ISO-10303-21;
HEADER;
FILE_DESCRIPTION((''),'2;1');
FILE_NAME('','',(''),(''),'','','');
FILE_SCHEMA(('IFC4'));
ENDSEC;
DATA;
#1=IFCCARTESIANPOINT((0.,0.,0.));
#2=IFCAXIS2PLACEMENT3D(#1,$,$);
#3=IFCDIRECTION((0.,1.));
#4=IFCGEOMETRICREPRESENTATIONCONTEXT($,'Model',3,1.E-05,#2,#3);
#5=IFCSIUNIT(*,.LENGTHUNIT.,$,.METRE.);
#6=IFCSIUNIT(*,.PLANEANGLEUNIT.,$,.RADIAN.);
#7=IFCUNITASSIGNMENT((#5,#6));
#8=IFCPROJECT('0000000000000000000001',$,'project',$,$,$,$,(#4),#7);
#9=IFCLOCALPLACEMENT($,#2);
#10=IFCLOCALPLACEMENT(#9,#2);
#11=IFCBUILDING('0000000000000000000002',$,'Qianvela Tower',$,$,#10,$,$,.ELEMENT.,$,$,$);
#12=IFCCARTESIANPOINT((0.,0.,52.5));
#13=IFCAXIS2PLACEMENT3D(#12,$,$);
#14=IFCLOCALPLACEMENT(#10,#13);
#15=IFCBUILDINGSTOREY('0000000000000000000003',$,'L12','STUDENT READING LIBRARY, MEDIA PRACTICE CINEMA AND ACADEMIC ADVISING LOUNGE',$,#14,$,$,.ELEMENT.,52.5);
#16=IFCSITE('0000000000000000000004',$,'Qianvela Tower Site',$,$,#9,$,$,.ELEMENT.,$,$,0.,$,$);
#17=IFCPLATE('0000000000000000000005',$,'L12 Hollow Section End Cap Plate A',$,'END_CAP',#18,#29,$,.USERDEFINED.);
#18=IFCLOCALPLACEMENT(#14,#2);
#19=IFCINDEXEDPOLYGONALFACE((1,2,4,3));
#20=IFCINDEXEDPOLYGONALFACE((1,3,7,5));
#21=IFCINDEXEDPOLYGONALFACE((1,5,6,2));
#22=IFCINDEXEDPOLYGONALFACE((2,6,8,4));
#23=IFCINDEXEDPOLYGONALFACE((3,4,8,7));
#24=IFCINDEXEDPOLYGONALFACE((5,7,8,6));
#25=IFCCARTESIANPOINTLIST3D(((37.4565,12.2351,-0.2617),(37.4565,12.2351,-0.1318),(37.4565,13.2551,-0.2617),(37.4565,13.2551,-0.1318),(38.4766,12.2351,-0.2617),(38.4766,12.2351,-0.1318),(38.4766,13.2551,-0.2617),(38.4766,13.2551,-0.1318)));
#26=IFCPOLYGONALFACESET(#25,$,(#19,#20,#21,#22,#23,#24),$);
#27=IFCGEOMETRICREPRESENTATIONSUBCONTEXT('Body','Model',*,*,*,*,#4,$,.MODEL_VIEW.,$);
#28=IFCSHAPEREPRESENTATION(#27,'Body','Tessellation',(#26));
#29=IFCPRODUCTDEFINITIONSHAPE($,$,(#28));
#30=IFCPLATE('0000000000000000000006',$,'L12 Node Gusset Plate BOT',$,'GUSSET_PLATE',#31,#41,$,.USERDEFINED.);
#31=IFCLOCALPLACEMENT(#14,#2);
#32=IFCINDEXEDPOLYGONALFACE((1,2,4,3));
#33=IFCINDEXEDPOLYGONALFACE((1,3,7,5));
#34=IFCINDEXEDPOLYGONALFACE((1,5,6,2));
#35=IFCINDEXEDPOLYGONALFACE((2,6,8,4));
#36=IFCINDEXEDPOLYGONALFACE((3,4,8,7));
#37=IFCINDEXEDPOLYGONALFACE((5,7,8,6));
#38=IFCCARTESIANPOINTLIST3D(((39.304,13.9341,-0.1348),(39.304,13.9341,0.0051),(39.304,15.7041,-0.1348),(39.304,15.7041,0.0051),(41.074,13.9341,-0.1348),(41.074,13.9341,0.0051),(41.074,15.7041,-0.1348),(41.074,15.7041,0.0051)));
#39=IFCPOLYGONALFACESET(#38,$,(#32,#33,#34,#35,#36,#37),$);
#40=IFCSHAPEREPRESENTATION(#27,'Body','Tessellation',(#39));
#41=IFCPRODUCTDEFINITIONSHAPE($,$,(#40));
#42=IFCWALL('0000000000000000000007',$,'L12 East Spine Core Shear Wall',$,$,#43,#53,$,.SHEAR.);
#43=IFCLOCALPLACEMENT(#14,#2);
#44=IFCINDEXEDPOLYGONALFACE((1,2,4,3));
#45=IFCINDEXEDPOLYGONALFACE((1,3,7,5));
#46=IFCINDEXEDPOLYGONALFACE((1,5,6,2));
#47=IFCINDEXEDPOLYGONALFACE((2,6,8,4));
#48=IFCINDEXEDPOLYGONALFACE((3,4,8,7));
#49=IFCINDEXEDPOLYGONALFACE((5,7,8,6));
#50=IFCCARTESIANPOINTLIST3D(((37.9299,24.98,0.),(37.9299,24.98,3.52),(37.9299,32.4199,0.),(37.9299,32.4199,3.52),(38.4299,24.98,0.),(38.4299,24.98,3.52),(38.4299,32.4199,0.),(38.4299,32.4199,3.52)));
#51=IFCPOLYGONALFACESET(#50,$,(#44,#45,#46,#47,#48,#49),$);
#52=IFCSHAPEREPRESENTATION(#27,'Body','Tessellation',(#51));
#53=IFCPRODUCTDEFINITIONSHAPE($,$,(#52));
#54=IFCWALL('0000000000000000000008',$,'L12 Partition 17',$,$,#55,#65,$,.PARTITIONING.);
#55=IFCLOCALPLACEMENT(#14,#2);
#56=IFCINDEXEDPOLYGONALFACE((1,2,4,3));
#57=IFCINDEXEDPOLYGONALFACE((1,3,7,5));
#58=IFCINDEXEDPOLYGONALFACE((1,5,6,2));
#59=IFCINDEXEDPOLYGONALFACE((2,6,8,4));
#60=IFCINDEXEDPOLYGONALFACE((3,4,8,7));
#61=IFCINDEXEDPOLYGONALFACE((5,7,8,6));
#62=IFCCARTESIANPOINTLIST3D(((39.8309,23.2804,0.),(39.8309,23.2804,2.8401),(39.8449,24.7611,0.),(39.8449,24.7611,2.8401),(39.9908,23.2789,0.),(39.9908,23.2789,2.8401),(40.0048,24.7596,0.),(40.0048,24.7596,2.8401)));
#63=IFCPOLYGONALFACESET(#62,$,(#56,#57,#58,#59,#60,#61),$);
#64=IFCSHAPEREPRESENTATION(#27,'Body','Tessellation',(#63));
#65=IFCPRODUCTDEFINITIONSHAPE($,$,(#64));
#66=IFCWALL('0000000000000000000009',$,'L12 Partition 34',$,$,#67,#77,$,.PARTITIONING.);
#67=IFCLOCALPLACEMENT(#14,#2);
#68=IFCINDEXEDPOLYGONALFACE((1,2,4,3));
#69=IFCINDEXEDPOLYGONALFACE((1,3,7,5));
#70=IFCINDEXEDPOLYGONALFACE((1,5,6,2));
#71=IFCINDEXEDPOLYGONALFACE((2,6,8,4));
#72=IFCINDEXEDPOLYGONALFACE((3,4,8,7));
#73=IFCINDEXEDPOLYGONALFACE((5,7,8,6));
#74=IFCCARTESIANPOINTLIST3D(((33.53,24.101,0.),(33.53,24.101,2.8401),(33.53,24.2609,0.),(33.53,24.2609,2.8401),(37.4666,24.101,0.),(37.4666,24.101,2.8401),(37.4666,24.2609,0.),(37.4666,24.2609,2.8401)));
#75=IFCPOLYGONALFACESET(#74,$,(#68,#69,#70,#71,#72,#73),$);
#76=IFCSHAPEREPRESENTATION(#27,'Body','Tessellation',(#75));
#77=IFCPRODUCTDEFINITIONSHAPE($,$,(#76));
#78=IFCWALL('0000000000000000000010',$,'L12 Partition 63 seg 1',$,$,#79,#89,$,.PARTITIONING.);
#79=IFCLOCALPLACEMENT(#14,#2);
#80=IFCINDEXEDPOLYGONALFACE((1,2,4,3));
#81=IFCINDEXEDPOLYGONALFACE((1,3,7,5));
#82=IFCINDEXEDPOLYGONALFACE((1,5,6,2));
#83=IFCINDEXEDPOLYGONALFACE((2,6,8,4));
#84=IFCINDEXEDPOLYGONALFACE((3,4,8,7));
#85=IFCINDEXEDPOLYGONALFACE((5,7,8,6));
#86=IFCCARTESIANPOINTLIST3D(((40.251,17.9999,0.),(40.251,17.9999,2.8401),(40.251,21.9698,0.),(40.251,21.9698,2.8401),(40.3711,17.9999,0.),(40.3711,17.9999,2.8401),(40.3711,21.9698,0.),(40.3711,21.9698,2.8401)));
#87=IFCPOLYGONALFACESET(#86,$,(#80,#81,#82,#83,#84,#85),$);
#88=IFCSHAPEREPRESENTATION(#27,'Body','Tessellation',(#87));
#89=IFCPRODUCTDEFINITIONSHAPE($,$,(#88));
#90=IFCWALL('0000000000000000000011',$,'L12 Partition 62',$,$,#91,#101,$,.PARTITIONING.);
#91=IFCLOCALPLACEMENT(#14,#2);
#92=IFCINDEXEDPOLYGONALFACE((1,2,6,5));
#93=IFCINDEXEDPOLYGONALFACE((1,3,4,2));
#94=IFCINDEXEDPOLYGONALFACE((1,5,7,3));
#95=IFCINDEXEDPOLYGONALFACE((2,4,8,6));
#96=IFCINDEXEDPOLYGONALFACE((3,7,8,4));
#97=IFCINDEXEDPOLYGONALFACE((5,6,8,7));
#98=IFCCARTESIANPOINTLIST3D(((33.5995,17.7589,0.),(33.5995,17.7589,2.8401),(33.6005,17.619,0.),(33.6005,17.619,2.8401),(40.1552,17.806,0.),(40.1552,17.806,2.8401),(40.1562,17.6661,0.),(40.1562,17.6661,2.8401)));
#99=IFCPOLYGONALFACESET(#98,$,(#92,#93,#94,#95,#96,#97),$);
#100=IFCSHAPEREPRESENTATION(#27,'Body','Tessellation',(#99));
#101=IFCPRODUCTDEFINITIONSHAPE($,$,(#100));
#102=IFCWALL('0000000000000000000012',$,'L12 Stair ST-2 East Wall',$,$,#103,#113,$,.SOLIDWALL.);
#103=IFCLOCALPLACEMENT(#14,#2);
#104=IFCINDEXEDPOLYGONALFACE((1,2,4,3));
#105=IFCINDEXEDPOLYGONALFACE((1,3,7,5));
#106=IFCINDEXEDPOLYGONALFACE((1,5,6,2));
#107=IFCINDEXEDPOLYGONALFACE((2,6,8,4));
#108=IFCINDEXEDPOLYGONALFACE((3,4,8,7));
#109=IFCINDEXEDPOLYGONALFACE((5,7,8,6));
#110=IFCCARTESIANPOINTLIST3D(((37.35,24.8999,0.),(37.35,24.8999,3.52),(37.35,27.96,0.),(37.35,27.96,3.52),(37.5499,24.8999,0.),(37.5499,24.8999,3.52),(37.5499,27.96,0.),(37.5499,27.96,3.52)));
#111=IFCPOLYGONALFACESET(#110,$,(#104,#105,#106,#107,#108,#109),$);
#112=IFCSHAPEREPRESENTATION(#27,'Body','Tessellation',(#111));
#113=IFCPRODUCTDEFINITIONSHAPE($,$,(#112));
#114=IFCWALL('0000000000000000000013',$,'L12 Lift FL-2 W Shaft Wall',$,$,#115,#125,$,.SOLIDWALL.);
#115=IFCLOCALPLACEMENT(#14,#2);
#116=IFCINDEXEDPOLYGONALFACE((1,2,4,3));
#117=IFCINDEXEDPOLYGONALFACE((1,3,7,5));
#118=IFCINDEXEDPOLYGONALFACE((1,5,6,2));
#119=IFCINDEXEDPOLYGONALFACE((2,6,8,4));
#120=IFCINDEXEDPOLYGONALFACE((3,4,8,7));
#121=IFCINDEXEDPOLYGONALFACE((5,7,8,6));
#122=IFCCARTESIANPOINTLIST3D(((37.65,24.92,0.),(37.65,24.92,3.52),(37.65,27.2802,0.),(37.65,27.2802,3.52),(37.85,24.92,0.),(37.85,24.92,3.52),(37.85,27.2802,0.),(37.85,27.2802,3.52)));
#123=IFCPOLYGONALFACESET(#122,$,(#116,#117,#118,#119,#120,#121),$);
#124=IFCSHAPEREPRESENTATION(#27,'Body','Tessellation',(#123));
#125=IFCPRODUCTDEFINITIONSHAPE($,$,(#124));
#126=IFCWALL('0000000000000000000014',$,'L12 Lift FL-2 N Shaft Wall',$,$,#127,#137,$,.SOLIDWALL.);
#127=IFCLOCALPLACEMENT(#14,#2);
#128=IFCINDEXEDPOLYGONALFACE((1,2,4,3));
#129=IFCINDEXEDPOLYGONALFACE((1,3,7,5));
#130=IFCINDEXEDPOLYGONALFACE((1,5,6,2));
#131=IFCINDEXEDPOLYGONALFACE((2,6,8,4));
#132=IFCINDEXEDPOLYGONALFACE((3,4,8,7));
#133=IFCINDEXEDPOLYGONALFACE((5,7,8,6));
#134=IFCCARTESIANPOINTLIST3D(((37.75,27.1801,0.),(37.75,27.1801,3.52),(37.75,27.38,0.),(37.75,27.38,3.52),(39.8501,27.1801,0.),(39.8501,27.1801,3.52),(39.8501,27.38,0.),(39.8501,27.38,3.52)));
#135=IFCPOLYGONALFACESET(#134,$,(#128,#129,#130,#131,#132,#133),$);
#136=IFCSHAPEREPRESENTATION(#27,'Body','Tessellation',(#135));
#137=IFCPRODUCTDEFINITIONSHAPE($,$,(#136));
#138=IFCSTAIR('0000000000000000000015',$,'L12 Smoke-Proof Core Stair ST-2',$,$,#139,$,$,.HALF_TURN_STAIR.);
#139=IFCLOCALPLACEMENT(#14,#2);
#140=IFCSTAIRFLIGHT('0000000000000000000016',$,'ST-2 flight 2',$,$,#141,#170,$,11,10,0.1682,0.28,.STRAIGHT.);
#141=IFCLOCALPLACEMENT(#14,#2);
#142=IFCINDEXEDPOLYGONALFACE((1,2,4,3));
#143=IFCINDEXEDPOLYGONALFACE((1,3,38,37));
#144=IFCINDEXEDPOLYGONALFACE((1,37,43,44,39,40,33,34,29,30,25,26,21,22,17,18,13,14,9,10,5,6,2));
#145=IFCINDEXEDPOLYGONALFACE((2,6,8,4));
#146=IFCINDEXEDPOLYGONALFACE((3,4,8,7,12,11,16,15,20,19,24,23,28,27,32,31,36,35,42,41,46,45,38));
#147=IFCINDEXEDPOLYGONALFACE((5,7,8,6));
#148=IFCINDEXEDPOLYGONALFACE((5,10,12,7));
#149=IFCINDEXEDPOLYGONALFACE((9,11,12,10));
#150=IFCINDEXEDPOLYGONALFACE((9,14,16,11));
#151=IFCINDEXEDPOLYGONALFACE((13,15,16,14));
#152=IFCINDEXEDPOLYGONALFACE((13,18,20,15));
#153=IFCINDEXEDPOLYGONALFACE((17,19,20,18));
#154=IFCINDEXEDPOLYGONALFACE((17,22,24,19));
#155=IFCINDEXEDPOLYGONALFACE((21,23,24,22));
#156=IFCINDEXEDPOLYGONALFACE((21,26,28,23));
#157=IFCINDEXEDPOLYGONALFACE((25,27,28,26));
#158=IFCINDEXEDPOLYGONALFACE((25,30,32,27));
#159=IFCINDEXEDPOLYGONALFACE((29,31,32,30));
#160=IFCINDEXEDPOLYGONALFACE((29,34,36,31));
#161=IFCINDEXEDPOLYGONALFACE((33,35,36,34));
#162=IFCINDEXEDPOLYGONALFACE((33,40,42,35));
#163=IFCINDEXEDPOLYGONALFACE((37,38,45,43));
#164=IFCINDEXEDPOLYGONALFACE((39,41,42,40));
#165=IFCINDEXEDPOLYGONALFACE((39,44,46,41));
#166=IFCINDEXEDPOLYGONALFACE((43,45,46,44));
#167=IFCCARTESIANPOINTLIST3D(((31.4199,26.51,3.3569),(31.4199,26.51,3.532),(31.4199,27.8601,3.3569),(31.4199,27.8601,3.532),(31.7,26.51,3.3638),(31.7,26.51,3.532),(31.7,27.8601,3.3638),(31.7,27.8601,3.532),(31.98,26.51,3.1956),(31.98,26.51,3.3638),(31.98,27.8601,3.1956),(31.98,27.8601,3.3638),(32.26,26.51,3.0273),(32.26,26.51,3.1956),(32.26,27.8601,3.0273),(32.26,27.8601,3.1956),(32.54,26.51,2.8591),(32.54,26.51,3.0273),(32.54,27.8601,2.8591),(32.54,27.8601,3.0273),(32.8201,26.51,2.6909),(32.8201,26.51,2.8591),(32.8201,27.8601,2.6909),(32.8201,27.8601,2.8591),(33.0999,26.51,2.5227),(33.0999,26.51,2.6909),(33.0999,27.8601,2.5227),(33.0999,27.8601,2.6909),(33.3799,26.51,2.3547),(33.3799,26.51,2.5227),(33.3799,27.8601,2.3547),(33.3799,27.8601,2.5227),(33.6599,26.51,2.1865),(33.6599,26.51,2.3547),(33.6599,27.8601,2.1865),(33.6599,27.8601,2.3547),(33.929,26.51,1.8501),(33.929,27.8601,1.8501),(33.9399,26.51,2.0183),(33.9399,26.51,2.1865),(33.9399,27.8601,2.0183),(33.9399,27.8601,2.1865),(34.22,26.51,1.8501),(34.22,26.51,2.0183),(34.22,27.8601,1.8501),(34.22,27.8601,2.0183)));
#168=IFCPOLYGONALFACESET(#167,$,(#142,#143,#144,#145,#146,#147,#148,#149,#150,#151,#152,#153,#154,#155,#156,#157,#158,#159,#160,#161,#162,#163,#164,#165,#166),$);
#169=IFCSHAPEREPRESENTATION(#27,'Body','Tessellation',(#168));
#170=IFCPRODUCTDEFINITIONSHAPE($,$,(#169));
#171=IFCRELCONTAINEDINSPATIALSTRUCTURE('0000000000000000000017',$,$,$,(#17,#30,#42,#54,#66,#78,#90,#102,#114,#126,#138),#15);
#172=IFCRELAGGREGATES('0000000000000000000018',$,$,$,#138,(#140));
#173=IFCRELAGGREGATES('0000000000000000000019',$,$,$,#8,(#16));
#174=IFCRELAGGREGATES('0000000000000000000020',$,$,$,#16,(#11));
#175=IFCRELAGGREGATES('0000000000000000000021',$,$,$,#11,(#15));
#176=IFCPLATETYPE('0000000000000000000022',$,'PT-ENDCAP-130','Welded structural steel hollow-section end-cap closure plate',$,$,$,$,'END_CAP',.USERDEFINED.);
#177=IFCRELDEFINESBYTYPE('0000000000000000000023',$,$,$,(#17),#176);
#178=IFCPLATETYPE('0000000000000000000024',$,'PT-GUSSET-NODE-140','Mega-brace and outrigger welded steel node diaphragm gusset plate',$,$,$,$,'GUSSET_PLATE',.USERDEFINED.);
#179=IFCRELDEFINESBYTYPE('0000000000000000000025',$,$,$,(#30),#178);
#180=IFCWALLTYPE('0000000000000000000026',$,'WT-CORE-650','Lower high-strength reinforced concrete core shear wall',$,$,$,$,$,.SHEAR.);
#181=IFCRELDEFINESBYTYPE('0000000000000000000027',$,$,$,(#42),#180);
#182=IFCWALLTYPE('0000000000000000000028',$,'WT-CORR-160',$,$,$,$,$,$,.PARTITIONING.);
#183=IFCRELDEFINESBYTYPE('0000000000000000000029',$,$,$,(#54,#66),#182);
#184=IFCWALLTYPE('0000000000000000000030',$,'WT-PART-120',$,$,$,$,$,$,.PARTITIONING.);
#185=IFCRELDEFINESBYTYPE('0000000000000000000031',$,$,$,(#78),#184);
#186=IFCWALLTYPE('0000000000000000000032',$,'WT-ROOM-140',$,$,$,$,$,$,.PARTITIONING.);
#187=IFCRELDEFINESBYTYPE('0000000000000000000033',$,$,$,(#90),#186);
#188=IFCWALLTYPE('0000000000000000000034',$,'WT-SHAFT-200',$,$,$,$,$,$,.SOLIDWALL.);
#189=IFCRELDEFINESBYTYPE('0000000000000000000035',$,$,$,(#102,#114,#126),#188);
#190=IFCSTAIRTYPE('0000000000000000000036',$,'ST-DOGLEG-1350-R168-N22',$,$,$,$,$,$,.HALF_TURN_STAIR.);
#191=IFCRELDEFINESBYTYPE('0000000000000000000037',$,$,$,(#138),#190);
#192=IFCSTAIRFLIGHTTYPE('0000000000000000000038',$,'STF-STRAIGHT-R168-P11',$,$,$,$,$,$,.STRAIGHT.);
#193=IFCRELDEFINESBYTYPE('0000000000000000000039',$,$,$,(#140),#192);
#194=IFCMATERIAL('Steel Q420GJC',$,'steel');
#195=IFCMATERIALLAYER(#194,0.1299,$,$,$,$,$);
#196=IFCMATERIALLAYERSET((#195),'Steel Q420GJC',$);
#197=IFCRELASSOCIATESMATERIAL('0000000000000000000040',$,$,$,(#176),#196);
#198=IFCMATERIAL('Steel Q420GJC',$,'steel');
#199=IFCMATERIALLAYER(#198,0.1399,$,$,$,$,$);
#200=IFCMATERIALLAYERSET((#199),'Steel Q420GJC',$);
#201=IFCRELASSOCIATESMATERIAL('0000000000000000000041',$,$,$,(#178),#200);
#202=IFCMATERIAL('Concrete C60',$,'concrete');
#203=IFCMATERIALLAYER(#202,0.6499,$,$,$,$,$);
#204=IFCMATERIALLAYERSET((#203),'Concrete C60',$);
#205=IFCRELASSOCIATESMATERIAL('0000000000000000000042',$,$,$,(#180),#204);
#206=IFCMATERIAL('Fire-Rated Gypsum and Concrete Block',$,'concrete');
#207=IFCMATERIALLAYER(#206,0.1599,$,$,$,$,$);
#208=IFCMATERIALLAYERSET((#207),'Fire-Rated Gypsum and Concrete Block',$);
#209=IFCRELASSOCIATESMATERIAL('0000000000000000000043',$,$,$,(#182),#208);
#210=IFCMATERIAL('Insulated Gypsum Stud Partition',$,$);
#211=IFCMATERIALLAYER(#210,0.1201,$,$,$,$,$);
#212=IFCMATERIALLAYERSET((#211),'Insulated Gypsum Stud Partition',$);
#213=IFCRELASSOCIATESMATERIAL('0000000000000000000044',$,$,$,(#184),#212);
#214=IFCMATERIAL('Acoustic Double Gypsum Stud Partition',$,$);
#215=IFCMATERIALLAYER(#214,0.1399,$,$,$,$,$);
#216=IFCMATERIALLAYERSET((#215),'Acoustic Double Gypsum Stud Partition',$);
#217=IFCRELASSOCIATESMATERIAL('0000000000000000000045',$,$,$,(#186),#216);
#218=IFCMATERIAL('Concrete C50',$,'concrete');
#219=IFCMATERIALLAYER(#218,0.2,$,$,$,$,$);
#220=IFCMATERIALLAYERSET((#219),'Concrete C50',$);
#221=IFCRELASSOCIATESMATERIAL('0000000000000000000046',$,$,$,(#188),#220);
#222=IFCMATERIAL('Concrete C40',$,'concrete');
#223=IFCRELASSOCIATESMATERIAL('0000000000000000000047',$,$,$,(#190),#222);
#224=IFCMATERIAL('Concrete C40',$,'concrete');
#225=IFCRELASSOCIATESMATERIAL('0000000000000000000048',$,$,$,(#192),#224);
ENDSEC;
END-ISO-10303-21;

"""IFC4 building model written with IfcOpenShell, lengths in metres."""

from ifc_helpers import new_model, si_unit, direction, frame, frame_2d, origin, origin_2d, place, context, subcontext, project, spatial, polyline, rectangle, outline, extrude, material, layer, layer_set, type_object, element, aggregate, save


model = new_model("IFC4")

# Units and contexts
model_context = context("Model", 3, precision=1e-05, world=origin(), true_north=direction((0.0, 1.0)))
body_context = subcontext(model_context, "Body", "Model", "MODEL_VIEW")
ifc_project = project(units=[si_unit("LENGTHUNIT", "METRE"), si_unit("PLANEANGLEUNIT", "RADIAN")], contexts=[model_context])

# Site, building, storey
site_placement = place(None, origin())
site = spatial("IfcSite", under=ifc_project, at=site_placement, Name="Qianvela Tower Site", CompositionType="ELEMENT", RefElevation=0.0)
building_placement = place(site_placement, origin())
building = spatial("IfcBuilding", under=site, at=building_placement, Name="Qianvela Tower", CompositionType="ELEMENT")
storey_placement = place(building_placement, frame((0.0, 0.0, 52.5)))
storey = spatial("IfcBuildingStorey", under=building, at=storey_placement, Name="L12", Description="STUDENT READING LIBRARY, MEDIA PRACTICE CINEMA AND ACADEMIC ADVISING LOUNGE", CompositionType="ELEMENT", Elevation=52.5)

# Plates
ifc_material_1 = material(Name="Steel Q420GJC", Category="steel")
ifc_layer_1 = layer(ifc_material_1, 0.1299)
ifc_layer_set_1 = layer_set([ifc_layer_1], Name="Steel Q420GJC")
plate_type_1 = type_object("IfcPlateType", Name="PT-ENDCAP-130", Description="Welded structural steel hollow-section end-cap closure plate", ElementType="END_CAP", PredefinedType="USERDEFINED", material=ifc_layer_set_1)
plate_1_placement = place(storey_placement, frame((37.9666, 12.7451, -0.2617), z_axis=(0.0, 0.0, 1.0), x_axis=(1.0, 0.0, 0.0)))
element("IfcPlate", 1, at=plate_1_placement, inside=storey, type_object=plate_type_1, Name="L12 Hollow Section End Cap Plate A", ObjectType="END_CAP", PredefinedType="USERDEFINED", context=body_context, shape_type="SweptSolid", body=[
    extrude(rectangle(XDim=1.02, YDim=1.02, at=origin_2d()), origin(), (0.0, 0.0, 1.0), 0.1299),
])
ifc_material_2 = material(Name="Steel Q420GJC", Category="steel")
ifc_layer_2 = layer(ifc_material_2, 0.1399)
ifc_layer_set_2 = layer_set([ifc_layer_2], Name="Steel Q420GJC")
plate_type_2 = type_object("IfcPlateType", Name="PT-GUSSET-NODE-140", Description="Mega-brace and outrigger welded steel node diaphragm gusset plate", ElementType="GUSSET_PLATE", PredefinedType="USERDEFINED", material=ifc_layer_set_2)
plate_2_placement = place(storey_placement, frame((40.189, 14.8191, -0.1348), z_axis=(0.0, 0.0, 1.0), x_axis=(1.0, 0.0, 0.0)))
element("IfcPlate", 2, at=plate_2_placement, inside=storey, type_object=plate_type_2, Name="L12 Node Gusset Plate BOT", ObjectType="GUSSET_PLATE", PredefinedType="USERDEFINED", context=body_context, shape_type="SweptSolid", body=[
    extrude(rectangle(XDim=1.77, YDim=1.77, at=origin_2d()), origin(), (0.0, 0.0, 1.0), 0.1399),
])

# Walls
ifc_material_3 = material(Name="Concrete C60", Category="concrete")
ifc_layer_3 = layer(ifc_material_3, 0.6499)
ifc_layer_set_3 = layer_set([ifc_layer_3], Name="Concrete C60")
wall_type_1 = type_object("IfcWallType", Name="WT-CORE-650", Description="Lower high-strength reinforced concrete core shear wall", PredefinedType="SHEAR", material=ifc_layer_set_3)
wall_1_placement = place(storey_placement, frame((38.1799, 24.98, 0.0), z_axis=(0.0, 0.0, 1.0), x_axis=(0.0, 1.0, 0.0)))
element("IfcWall", 3, at=wall_1_placement, inside=storey, type_object=wall_type_1, Name="L12 East Spine Core Shear Wall", PredefinedType="SHEAR", context=body_context, shape_type="SweptSolid", body=[
    extrude(rectangle(XDim=7.4399, YDim=0.5, at=frame_2d((3.72, 0.0))), origin(), (0.0, 0.0, 1.0), 3.52),
])
ifc_material_4 = material(Name="Fire-Rated Gypsum and Concrete Block", Category="concrete")
ifc_layer_4 = layer(ifc_material_4, 0.1599)
ifc_layer_set_4 = layer_set([ifc_layer_4], Name="Fire-Rated Gypsum and Concrete Block")
wall_type_2 = type_object("IfcWallType", Name="WT-CORR-160", PredefinedType="PARTITIONING", material=ifc_layer_set_4)
wall_2_placement = place(storey_placement, frame((39.9109, 23.2798, 0.0), z_axis=(0.0, 0.0, 1.0), x_axis=(0.009398, 0.999956, 0.0)))
element("IfcWall", 4, at=wall_2_placement, inside=storey, type_object=wall_type_2, Name="L12 Partition 17", PredefinedType="PARTITIONING", context=body_context, shape_type="SweptSolid", body=[
    extrude(rectangle(XDim=1.4807, YDim=0.1599, at=frame_2d((0.7402, 0.0))), origin(), (0.0, 0.0, 1.0), 2.8401),
])
wall_3_placement = place(storey_placement, frame((37.4666, 24.1809, 0.0), z_axis=(0.0, 0.0, 1.0), x_axis=(-1.0, 0.0, 0.0)))
element("IfcWall", 5, at=wall_3_placement, inside=storey, type_object=wall_type_2, Name="L12 Partition 34", PredefinedType="PARTITIONING", context=body_context, shape_type="SweptSolid", body=[
    extrude(rectangle(XDim=3.9365, YDim=0.1599, at=frame_2d((1.9683, 0.0))), origin(), (0.0, 0.0, 1.0), 2.8401),
])
ifc_material_5 = material(Name="Insulated Gypsum Stud Partition")
ifc_layer_5 = layer(ifc_material_5, 0.1201)
ifc_layer_set_5 = layer_set([ifc_layer_5], Name="Insulated Gypsum Stud Partition")
wall_type_3 = type_object("IfcWallType", Name="WT-PART-120", PredefinedType="PARTITIONING", material=ifc_layer_set_5)
wall_4_placement = place(storey_placement, frame((40.311, 18.0, 0.0), z_axis=(0.0, 0.0, 1.0), x_axis=(0.0, 1.0, 0.0)))
element("IfcWall", 6, at=wall_4_placement, inside=storey, type_object=wall_type_3, Name="L12 Partition 63 seg 1", PredefinedType="PARTITIONING", context=body_context, shape_type="SweptSolid", body=[
    extrude(rectangle(XDim=3.97, YDim=0.1201, at=frame_2d((1.9849, 0.0))), origin(), (0.0, 0.0, 1.0), 2.8401),
])
ifc_material_6 = material(Name="Acoustic Double Gypsum Stud Partition")
ifc_layer_6 = layer(ifc_material_6, 0.1399)
ifc_layer_set_6 = layer_set([ifc_layer_6], Name="Acoustic Double Gypsum Stud Partition")
wall_type_4 = type_object("IfcWallType", Name="WT-ROOM-140", PredefinedType="PARTITIONING", material=ifc_layer_set_6)
wall_5_placement = place(storey_placement, frame((33.6001, 17.689, 0.0), z_axis=(0.0, 0.0, 1.0), x_axis=(0.999974, 0.007187, 0.0)))
element("IfcWall", 7, at=wall_5_placement, inside=storey, type_object=wall_type_4, Name="L12 Partition 62", PredefinedType="PARTITIONING", context=body_context, shape_type="SweptSolid", body=[
    extrude(rectangle(XDim=6.5559, YDim=0.1399, at=frame_2d((3.2778, 0.0))), origin(), (0.0, 0.0, 1.0), 2.8401),
])
ifc_material_7 = material(Name="Concrete C50", Category="concrete")
ifc_layer_7 = layer(ifc_material_7, 0.2)
ifc_layer_set_7 = layer_set([ifc_layer_7], Name="Concrete C50")
wall_type_5 = type_object("IfcWallType", Name="WT-SHAFT-200", PredefinedType="SOLIDWALL", material=ifc_layer_set_7)
wall_6_placement = place(storey_placement, frame((37.45, 24.8999, 0.0), z_axis=(0.0, 0.0, 1.0), x_axis=(0.0, 1.0, 0.0)))
element("IfcWall", 8, at=wall_6_placement, inside=storey, type_object=wall_type_5, Name="L12 Stair ST-2 East Wall", PredefinedType="SOLIDWALL", context=body_context, shape_type="SweptSolid", body=[
    extrude(rectangle(XDim=3.0601, YDim=0.2, at=frame_2d((1.53, 0.0))), origin(), (0.0, 0.0, 1.0), 3.52),
])

# Walls
wall_7_placement = place(storey_placement, frame((37.75, 24.9199, 0.0), z_axis=(0.0, 0.0, 1.0), x_axis=(0.0, 1.0, 0.0)))
element("IfcWall", 9, at=wall_7_placement, inside=storey, type_object=wall_type_5, Name="L12 Lift FL-2 W Shaft Wall", PredefinedType="SOLIDWALL", context=body_context, shape_type="SweptSolid", body=[
    extrude(rectangle(XDim=2.3601, YDim=0.2, at=frame_2d((1.1802, 0.0))), origin(), (0.0, 0.0, 1.0), 3.52),
])
wall_8_placement = place(storey_placement, frame((37.75, 27.28, 0.0), z_axis=(0.0, 0.0, 1.0), x_axis=(1.0, 0.0, 0.0)))
element("IfcWall", 10, at=wall_8_placement, inside=storey, type_object=wall_type_5, Name="L12 Lift FL-2 N Shaft Wall", PredefinedType="SOLIDWALL", context=body_context, shape_type="SweptSolid", body=[
    extrude(rectangle(XDim=2.1001, YDim=0.2, at=frame_2d((1.05, 0.0))), origin(), (0.0, 0.0, 1.0), 3.52),
])

# Stair, stair flight
ifc_material_8 = material(Name="Concrete C40", Category="concrete")
stair_type = type_object("IfcStairType", Name="ST-DOGLEG-1350-R168-N22", PredefinedType="HALF_TURN_STAIR", material=ifc_material_8)
stair_placement = place(storey_placement, origin())
stair = element("IfcStair", 11, at=stair_placement, inside=storey, type_object=stair_type, Name="L12 Smoke-Proof Core Stair ST-2", PredefinedType="HALF_TURN_STAIR")
ifc_material_9 = material(Name="Concrete C40", Category="concrete")
stair_flight_type = type_object("IfcStairFlightType", Name="STF-STRAIGHT-R168-P11", PredefinedType="STRAIGHT", material=ifc_material_9)
stair_flight_placement = place(storey_placement, frame((34.22, 27.1851, 1.8501), z_axis=(0.0, 0.0, 1.0), x_axis=(-1.0, 0.0, 0.0)))
stair_flight = element("IfcStairFlight", 12, at=stair_flight_placement, type_object=stair_flight_type, Name="ST-2 flight 2", NumberOfRisers=11, NumberOfTreads=10, PredefinedType="STRAIGHT", RiserHeight=0.1682, TreadLength=0.28, context=body_context, shape_type="SweptSolid", body=[
    extrude(outline(polyline([(0.0, 0.0), (0.0, 0.1682), (0.28, 0.1682), (0.28, 0.3364), (0.5601, 0.3364), (0.5601, 0.5046), (0.8401, 0.5046), (0.8401, 0.6726), (1.1201, 0.6726), (1.1201, 0.8408), (1.3999, 0.8408), (1.3999, 1.009), (1.6799, 1.009), (1.6799, 1.1772), (1.96, 1.1772), (1.96, 1.3455), (2.24, 1.3455), (2.24, 1.5137), (2.52, 1.5137), (2.52, 1.6819), (2.8, 1.6819), (2.8, 1.8501), (2.8, 1.5068), (0.291, 0.0), (0.0, 0.0)])), frame((0.0, 0.675, 0.0), z_axis=(0.0, -1.0, 0.0), x_axis=(1.0, 0.0, 0.0)), (0.0, 0.0, 1.0), 1.3501),
])
aggregate(stair, [stair_flight])

save(model, "model.ifc")
